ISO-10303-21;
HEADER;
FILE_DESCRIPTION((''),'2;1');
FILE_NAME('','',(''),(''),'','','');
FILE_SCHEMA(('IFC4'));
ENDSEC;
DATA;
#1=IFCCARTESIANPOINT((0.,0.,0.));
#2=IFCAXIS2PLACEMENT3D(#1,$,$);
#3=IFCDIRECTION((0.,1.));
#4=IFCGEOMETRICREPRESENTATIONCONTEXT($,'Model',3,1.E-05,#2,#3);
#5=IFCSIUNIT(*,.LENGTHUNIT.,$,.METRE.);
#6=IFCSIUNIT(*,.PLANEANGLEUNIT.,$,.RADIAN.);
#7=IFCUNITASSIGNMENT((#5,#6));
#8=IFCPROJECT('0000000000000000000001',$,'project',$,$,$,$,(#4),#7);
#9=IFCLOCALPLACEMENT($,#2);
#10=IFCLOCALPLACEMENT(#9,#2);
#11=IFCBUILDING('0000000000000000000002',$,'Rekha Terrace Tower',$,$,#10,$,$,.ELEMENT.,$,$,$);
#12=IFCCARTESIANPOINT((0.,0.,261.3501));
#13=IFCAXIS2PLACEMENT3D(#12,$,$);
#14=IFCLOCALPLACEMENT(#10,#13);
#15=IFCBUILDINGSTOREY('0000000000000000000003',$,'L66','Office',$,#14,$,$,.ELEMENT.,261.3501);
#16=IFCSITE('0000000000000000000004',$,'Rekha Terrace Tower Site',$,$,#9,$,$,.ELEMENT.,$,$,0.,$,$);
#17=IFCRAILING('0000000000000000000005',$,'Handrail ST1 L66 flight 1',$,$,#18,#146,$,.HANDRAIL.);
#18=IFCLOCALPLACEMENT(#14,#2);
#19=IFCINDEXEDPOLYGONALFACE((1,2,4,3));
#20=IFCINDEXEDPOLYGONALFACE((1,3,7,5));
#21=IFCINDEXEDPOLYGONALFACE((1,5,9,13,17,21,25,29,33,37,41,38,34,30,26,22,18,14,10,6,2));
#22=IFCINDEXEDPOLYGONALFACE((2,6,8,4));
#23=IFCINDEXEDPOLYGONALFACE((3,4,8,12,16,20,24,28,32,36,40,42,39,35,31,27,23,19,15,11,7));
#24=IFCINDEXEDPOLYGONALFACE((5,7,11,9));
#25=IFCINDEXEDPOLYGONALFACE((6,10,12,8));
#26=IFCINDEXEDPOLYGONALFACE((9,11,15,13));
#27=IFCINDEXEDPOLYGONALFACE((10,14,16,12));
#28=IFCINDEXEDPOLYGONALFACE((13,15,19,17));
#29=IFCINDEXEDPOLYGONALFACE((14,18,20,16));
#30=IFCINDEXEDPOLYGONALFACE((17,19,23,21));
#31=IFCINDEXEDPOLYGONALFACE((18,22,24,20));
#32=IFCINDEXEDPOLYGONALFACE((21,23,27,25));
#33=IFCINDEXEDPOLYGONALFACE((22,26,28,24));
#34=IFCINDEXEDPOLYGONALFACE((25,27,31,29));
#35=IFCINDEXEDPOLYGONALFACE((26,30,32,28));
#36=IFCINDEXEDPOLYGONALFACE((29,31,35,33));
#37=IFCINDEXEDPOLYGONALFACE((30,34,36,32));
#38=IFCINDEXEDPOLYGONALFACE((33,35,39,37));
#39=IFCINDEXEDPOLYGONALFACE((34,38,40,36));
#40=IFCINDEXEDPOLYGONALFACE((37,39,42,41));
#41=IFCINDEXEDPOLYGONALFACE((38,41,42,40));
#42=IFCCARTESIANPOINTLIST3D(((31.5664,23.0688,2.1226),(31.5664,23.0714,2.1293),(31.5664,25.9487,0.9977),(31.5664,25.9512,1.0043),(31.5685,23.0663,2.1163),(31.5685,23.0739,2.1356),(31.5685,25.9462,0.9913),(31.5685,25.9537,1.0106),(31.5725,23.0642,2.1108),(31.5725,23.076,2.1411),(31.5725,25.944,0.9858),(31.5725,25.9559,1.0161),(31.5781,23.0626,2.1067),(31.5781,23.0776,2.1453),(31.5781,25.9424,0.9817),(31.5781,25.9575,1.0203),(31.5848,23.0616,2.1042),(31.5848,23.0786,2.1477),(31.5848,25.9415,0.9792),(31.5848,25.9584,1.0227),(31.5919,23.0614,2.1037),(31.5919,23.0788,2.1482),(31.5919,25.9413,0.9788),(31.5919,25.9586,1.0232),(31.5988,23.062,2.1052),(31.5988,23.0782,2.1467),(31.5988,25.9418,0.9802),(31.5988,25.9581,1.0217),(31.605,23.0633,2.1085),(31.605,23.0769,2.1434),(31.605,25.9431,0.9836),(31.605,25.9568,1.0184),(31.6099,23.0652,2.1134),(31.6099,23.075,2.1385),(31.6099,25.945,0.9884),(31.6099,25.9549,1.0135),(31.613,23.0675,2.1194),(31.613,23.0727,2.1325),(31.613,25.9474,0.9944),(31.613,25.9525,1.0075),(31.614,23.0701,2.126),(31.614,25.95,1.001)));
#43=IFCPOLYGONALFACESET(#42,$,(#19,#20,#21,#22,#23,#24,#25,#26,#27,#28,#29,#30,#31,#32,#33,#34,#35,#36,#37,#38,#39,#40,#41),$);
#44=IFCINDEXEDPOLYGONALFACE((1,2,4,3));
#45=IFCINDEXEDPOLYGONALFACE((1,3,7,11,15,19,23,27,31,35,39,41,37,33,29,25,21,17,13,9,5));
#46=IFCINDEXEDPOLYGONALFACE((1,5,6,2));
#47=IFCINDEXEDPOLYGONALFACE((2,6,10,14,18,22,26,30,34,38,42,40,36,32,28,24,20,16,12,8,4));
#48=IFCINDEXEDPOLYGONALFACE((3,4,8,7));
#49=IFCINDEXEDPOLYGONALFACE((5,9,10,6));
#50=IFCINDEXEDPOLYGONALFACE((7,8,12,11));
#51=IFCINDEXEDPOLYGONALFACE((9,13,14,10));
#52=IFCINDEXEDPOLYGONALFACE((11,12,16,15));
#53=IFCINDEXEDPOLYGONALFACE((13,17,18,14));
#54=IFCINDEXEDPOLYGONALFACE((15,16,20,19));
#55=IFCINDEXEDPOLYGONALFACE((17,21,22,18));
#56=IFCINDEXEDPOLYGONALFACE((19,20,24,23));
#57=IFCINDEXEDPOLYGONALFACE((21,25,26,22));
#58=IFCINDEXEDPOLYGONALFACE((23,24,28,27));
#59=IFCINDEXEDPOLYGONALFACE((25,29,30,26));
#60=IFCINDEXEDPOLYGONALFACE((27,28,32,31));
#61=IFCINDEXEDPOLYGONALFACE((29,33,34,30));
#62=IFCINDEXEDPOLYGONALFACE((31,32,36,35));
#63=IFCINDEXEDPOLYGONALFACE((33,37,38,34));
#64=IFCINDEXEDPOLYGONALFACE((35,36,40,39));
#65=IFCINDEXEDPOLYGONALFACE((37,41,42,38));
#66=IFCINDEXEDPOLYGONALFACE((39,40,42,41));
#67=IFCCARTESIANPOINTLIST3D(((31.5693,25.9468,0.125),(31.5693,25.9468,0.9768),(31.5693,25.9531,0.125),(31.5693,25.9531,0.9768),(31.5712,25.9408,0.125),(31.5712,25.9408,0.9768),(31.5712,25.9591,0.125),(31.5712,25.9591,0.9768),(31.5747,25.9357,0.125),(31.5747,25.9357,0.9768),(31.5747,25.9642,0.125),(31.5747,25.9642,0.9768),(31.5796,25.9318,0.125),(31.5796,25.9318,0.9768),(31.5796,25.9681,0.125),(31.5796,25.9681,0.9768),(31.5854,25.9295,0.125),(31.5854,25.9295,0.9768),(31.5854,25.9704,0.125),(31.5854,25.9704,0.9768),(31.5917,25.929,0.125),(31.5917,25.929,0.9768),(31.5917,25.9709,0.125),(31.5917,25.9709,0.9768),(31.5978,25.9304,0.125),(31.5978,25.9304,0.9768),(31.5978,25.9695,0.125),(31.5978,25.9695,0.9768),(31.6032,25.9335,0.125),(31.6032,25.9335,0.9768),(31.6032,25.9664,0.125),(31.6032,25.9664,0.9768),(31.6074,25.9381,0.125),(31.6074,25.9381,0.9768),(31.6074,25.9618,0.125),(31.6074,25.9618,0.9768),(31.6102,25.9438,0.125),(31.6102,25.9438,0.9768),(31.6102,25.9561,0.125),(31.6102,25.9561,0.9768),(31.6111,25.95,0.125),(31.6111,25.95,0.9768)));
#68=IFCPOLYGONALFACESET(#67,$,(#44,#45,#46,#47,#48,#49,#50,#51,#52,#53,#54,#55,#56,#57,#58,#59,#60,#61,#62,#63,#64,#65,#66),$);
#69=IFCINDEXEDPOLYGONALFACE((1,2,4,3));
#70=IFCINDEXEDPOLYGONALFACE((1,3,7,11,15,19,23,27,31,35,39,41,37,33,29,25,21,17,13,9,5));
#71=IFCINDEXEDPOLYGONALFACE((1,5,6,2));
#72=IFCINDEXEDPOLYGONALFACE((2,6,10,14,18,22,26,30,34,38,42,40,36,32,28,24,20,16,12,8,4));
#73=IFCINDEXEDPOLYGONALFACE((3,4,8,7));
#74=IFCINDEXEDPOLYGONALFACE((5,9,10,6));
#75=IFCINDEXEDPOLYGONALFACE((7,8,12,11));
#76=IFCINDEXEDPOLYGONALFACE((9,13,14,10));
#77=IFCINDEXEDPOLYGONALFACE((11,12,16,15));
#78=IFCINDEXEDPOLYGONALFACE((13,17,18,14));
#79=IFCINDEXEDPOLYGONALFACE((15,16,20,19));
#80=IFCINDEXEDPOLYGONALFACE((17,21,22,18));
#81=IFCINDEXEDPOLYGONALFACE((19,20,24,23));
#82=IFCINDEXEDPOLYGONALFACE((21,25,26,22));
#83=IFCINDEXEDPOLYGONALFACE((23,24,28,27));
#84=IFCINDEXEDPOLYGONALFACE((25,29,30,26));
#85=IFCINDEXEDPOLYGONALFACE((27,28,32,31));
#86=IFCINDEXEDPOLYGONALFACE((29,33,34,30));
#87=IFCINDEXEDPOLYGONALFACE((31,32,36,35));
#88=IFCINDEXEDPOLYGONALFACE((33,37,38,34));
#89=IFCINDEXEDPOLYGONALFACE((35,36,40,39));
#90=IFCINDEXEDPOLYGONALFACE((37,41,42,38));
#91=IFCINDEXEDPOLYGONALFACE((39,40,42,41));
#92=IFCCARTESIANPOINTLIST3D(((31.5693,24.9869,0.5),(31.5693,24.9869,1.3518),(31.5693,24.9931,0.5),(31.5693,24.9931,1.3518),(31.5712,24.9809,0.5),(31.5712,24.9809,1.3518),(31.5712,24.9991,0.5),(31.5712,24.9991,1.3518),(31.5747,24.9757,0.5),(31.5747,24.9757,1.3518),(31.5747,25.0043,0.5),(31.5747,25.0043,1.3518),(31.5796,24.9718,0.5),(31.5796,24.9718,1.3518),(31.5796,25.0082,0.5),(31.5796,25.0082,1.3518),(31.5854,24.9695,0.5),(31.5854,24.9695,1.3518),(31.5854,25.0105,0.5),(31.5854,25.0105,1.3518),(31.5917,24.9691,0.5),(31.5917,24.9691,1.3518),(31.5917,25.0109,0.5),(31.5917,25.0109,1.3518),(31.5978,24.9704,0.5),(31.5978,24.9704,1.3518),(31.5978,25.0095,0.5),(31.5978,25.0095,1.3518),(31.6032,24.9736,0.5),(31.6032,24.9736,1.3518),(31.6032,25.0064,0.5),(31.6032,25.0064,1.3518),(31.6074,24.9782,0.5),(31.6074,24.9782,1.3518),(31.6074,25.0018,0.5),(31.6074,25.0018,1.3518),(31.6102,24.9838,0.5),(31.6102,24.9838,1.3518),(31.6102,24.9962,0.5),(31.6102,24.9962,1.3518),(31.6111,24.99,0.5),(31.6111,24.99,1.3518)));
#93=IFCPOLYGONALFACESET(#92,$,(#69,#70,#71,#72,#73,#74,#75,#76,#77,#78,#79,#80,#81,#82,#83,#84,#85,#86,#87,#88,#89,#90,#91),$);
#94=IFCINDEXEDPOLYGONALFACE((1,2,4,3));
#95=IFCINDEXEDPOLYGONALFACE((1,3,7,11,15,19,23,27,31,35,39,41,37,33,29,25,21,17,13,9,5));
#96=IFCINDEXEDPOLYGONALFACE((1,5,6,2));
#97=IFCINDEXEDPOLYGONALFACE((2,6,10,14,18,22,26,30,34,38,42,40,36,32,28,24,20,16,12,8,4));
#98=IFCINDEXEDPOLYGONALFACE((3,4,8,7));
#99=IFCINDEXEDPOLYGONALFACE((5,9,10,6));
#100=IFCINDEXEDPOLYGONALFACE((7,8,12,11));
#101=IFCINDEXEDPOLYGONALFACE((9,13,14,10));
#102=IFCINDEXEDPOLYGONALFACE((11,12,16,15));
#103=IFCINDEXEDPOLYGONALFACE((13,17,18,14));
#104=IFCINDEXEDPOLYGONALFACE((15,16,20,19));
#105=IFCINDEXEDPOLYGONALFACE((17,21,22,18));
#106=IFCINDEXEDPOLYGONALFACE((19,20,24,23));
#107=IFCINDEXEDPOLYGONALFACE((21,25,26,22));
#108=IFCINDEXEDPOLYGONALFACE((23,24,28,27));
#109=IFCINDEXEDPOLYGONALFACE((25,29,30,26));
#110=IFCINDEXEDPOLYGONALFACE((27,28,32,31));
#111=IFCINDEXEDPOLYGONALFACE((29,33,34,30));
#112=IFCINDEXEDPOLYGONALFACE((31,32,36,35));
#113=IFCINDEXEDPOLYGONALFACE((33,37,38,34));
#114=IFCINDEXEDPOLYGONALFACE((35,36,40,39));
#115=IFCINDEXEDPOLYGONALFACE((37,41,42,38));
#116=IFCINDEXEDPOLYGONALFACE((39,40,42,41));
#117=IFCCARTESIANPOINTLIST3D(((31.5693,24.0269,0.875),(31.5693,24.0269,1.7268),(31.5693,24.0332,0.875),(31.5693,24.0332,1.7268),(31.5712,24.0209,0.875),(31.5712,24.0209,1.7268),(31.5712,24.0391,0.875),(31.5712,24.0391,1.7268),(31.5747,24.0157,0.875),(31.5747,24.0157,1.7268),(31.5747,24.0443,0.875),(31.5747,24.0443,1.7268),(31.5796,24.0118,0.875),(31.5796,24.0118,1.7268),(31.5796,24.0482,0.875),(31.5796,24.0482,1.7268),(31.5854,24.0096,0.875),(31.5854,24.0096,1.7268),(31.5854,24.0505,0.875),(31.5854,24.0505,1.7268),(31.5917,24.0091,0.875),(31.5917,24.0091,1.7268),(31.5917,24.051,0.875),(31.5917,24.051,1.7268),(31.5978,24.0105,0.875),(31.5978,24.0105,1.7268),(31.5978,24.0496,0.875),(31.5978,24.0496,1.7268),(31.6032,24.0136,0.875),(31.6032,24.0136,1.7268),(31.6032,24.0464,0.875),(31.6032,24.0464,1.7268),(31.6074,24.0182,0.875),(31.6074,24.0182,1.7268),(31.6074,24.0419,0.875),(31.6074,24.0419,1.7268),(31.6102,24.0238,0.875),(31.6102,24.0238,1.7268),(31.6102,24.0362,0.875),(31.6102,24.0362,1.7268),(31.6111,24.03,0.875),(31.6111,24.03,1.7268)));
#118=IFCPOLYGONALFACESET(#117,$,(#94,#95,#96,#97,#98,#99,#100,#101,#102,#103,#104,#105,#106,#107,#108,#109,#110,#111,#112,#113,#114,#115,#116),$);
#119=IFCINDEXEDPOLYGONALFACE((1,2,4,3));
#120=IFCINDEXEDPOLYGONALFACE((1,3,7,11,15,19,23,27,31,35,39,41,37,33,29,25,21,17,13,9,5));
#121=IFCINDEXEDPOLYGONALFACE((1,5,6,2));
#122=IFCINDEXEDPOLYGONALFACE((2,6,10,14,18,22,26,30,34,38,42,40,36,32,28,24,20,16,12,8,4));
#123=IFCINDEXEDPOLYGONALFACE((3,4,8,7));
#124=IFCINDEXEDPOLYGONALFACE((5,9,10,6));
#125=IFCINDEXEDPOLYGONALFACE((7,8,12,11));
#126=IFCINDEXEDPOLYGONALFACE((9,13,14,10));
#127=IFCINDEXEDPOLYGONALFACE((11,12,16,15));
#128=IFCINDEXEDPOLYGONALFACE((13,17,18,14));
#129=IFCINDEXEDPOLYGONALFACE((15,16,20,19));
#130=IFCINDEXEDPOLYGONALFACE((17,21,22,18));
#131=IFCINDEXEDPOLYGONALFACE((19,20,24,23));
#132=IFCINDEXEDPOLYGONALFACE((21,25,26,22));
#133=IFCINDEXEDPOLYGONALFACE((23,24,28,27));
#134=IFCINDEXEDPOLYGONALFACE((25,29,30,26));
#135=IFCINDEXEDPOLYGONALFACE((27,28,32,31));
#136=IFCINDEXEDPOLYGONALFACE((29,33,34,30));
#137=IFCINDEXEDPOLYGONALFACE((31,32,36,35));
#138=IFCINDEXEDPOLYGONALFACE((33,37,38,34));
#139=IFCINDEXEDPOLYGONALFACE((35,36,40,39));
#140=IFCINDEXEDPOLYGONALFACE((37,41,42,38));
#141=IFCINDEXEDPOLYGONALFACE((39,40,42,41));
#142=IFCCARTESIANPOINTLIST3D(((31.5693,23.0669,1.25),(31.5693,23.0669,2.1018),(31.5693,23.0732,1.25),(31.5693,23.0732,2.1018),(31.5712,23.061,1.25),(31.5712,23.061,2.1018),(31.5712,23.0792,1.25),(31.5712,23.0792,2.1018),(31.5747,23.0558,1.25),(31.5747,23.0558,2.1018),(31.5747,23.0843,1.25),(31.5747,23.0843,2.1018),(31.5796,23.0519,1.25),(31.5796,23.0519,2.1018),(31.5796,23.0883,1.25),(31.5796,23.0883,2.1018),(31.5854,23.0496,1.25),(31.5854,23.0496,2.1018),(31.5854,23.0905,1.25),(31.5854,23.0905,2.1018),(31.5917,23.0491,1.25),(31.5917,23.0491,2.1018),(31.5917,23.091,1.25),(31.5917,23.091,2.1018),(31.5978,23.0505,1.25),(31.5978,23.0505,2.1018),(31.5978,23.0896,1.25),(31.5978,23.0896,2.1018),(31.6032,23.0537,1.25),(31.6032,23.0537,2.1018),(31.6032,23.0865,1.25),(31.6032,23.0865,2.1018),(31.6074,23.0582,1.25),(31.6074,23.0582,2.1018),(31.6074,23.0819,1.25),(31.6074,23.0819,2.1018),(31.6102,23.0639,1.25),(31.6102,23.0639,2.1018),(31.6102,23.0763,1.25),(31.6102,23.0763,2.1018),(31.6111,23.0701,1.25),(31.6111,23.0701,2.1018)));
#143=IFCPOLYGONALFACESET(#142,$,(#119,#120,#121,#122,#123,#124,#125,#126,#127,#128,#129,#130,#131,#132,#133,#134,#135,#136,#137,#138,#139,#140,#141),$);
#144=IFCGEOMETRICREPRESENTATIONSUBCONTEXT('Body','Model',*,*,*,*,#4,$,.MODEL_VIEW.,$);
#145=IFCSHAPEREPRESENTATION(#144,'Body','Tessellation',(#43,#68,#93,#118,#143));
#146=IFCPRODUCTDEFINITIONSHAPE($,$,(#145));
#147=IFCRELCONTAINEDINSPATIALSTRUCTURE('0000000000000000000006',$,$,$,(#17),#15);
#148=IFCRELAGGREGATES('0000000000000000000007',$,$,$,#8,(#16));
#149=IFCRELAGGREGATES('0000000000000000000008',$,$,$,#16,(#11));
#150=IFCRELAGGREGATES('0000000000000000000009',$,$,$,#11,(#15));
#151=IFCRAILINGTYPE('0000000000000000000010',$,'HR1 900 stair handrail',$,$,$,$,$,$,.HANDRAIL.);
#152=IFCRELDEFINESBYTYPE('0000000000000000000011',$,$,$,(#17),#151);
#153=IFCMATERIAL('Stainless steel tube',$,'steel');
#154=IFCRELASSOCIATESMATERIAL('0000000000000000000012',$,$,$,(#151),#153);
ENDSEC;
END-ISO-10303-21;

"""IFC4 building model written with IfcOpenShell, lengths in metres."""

from ifc_helpers import new_model, si_unit, direction, frame, origin, origin_2d, place, context, subcontext, project, spatial, circle, extrude, material, type_object, element, save


model = new_model("IFC4")

# Units and contexts
model_context = context("Model", 3, precision=1e-05, world=origin(), true_north=direction((0.0, 1.0)))
body_context = subcontext(model_context, "Body", "Model", "MODEL_VIEW")
ifc_project = project(units=[si_unit("LENGTHUNIT", "METRE"), si_unit("PLANEANGLEUNIT", "RADIAN")], contexts=[model_context])

# Site, building, storey
site_placement = place(None, origin())
site = spatial("IfcSite", under=ifc_project, at=site_placement, Name="Rekha Terrace Tower Site", CompositionType="ELEMENT", RefElevation=0.0)
building_placement = place(site_placement, origin())
building = spatial("IfcBuilding", under=site, at=building_placement, Name="Rekha Terrace Tower", CompositionType="ELEMENT")
storey_placement = place(building_placement, frame((0.0, 0.0, 261.3501)))
storey = spatial("IfcBuildingStorey", under=building, at=storey_placement, Name="L66", Description="Office", CompositionType="ELEMENT", Elevation=261.3501)

# Railing
ifc_material_1 = material(Name="Stainless steel tube", Category="steel")
railing_type_1 = type_object("IfcRailingType", Name="HR1 900 stair handrail", PredefinedType="HANDRAIL", material=ifc_material_1)
railing_1_placement = place(storey_placement, frame((31.5901, 25.95, 0.125)))
element("IfcRailing", 1, at=railing_1_placement, inside=storey, type_object=railing_type_1, Name="Handrail ST1 L66 flight 1", PredefinedType="HANDRAIL", context=body_context, shape_type="SweptSolid", body=[
    extrude(circle(Radius=0.0239, at=origin_2d()), frame((0.0, 0.0, 0.876), z_axis=(0.0, -0.931452, 0.363863), x_axis=(1.0, 0.0, 0.0)), (0.0, 0.0, 1.0), 3.0918),
    extrude(circle(Radius=0.021, at=origin_2d()), origin(), (0.0, 0.0, 1.0), 0.8518),
    extrude(circle(Radius=0.021, at=origin_2d()), frame((0.0, -0.96, 0.375)), (0.0, 0.0, 1.0), 0.8518),
    extrude(circle(Radius=0.021, at=origin_2d()), frame((0.0, -1.9199, 0.75)), (0.0, 0.0, 1.0), 0.8518),
    extrude(circle(Radius=0.021, at=origin_2d()), frame((0.0, -2.8799, 1.125)), (0.0, 0.0, 1.0), 0.8518),
])

save(model, "model.ifc")
